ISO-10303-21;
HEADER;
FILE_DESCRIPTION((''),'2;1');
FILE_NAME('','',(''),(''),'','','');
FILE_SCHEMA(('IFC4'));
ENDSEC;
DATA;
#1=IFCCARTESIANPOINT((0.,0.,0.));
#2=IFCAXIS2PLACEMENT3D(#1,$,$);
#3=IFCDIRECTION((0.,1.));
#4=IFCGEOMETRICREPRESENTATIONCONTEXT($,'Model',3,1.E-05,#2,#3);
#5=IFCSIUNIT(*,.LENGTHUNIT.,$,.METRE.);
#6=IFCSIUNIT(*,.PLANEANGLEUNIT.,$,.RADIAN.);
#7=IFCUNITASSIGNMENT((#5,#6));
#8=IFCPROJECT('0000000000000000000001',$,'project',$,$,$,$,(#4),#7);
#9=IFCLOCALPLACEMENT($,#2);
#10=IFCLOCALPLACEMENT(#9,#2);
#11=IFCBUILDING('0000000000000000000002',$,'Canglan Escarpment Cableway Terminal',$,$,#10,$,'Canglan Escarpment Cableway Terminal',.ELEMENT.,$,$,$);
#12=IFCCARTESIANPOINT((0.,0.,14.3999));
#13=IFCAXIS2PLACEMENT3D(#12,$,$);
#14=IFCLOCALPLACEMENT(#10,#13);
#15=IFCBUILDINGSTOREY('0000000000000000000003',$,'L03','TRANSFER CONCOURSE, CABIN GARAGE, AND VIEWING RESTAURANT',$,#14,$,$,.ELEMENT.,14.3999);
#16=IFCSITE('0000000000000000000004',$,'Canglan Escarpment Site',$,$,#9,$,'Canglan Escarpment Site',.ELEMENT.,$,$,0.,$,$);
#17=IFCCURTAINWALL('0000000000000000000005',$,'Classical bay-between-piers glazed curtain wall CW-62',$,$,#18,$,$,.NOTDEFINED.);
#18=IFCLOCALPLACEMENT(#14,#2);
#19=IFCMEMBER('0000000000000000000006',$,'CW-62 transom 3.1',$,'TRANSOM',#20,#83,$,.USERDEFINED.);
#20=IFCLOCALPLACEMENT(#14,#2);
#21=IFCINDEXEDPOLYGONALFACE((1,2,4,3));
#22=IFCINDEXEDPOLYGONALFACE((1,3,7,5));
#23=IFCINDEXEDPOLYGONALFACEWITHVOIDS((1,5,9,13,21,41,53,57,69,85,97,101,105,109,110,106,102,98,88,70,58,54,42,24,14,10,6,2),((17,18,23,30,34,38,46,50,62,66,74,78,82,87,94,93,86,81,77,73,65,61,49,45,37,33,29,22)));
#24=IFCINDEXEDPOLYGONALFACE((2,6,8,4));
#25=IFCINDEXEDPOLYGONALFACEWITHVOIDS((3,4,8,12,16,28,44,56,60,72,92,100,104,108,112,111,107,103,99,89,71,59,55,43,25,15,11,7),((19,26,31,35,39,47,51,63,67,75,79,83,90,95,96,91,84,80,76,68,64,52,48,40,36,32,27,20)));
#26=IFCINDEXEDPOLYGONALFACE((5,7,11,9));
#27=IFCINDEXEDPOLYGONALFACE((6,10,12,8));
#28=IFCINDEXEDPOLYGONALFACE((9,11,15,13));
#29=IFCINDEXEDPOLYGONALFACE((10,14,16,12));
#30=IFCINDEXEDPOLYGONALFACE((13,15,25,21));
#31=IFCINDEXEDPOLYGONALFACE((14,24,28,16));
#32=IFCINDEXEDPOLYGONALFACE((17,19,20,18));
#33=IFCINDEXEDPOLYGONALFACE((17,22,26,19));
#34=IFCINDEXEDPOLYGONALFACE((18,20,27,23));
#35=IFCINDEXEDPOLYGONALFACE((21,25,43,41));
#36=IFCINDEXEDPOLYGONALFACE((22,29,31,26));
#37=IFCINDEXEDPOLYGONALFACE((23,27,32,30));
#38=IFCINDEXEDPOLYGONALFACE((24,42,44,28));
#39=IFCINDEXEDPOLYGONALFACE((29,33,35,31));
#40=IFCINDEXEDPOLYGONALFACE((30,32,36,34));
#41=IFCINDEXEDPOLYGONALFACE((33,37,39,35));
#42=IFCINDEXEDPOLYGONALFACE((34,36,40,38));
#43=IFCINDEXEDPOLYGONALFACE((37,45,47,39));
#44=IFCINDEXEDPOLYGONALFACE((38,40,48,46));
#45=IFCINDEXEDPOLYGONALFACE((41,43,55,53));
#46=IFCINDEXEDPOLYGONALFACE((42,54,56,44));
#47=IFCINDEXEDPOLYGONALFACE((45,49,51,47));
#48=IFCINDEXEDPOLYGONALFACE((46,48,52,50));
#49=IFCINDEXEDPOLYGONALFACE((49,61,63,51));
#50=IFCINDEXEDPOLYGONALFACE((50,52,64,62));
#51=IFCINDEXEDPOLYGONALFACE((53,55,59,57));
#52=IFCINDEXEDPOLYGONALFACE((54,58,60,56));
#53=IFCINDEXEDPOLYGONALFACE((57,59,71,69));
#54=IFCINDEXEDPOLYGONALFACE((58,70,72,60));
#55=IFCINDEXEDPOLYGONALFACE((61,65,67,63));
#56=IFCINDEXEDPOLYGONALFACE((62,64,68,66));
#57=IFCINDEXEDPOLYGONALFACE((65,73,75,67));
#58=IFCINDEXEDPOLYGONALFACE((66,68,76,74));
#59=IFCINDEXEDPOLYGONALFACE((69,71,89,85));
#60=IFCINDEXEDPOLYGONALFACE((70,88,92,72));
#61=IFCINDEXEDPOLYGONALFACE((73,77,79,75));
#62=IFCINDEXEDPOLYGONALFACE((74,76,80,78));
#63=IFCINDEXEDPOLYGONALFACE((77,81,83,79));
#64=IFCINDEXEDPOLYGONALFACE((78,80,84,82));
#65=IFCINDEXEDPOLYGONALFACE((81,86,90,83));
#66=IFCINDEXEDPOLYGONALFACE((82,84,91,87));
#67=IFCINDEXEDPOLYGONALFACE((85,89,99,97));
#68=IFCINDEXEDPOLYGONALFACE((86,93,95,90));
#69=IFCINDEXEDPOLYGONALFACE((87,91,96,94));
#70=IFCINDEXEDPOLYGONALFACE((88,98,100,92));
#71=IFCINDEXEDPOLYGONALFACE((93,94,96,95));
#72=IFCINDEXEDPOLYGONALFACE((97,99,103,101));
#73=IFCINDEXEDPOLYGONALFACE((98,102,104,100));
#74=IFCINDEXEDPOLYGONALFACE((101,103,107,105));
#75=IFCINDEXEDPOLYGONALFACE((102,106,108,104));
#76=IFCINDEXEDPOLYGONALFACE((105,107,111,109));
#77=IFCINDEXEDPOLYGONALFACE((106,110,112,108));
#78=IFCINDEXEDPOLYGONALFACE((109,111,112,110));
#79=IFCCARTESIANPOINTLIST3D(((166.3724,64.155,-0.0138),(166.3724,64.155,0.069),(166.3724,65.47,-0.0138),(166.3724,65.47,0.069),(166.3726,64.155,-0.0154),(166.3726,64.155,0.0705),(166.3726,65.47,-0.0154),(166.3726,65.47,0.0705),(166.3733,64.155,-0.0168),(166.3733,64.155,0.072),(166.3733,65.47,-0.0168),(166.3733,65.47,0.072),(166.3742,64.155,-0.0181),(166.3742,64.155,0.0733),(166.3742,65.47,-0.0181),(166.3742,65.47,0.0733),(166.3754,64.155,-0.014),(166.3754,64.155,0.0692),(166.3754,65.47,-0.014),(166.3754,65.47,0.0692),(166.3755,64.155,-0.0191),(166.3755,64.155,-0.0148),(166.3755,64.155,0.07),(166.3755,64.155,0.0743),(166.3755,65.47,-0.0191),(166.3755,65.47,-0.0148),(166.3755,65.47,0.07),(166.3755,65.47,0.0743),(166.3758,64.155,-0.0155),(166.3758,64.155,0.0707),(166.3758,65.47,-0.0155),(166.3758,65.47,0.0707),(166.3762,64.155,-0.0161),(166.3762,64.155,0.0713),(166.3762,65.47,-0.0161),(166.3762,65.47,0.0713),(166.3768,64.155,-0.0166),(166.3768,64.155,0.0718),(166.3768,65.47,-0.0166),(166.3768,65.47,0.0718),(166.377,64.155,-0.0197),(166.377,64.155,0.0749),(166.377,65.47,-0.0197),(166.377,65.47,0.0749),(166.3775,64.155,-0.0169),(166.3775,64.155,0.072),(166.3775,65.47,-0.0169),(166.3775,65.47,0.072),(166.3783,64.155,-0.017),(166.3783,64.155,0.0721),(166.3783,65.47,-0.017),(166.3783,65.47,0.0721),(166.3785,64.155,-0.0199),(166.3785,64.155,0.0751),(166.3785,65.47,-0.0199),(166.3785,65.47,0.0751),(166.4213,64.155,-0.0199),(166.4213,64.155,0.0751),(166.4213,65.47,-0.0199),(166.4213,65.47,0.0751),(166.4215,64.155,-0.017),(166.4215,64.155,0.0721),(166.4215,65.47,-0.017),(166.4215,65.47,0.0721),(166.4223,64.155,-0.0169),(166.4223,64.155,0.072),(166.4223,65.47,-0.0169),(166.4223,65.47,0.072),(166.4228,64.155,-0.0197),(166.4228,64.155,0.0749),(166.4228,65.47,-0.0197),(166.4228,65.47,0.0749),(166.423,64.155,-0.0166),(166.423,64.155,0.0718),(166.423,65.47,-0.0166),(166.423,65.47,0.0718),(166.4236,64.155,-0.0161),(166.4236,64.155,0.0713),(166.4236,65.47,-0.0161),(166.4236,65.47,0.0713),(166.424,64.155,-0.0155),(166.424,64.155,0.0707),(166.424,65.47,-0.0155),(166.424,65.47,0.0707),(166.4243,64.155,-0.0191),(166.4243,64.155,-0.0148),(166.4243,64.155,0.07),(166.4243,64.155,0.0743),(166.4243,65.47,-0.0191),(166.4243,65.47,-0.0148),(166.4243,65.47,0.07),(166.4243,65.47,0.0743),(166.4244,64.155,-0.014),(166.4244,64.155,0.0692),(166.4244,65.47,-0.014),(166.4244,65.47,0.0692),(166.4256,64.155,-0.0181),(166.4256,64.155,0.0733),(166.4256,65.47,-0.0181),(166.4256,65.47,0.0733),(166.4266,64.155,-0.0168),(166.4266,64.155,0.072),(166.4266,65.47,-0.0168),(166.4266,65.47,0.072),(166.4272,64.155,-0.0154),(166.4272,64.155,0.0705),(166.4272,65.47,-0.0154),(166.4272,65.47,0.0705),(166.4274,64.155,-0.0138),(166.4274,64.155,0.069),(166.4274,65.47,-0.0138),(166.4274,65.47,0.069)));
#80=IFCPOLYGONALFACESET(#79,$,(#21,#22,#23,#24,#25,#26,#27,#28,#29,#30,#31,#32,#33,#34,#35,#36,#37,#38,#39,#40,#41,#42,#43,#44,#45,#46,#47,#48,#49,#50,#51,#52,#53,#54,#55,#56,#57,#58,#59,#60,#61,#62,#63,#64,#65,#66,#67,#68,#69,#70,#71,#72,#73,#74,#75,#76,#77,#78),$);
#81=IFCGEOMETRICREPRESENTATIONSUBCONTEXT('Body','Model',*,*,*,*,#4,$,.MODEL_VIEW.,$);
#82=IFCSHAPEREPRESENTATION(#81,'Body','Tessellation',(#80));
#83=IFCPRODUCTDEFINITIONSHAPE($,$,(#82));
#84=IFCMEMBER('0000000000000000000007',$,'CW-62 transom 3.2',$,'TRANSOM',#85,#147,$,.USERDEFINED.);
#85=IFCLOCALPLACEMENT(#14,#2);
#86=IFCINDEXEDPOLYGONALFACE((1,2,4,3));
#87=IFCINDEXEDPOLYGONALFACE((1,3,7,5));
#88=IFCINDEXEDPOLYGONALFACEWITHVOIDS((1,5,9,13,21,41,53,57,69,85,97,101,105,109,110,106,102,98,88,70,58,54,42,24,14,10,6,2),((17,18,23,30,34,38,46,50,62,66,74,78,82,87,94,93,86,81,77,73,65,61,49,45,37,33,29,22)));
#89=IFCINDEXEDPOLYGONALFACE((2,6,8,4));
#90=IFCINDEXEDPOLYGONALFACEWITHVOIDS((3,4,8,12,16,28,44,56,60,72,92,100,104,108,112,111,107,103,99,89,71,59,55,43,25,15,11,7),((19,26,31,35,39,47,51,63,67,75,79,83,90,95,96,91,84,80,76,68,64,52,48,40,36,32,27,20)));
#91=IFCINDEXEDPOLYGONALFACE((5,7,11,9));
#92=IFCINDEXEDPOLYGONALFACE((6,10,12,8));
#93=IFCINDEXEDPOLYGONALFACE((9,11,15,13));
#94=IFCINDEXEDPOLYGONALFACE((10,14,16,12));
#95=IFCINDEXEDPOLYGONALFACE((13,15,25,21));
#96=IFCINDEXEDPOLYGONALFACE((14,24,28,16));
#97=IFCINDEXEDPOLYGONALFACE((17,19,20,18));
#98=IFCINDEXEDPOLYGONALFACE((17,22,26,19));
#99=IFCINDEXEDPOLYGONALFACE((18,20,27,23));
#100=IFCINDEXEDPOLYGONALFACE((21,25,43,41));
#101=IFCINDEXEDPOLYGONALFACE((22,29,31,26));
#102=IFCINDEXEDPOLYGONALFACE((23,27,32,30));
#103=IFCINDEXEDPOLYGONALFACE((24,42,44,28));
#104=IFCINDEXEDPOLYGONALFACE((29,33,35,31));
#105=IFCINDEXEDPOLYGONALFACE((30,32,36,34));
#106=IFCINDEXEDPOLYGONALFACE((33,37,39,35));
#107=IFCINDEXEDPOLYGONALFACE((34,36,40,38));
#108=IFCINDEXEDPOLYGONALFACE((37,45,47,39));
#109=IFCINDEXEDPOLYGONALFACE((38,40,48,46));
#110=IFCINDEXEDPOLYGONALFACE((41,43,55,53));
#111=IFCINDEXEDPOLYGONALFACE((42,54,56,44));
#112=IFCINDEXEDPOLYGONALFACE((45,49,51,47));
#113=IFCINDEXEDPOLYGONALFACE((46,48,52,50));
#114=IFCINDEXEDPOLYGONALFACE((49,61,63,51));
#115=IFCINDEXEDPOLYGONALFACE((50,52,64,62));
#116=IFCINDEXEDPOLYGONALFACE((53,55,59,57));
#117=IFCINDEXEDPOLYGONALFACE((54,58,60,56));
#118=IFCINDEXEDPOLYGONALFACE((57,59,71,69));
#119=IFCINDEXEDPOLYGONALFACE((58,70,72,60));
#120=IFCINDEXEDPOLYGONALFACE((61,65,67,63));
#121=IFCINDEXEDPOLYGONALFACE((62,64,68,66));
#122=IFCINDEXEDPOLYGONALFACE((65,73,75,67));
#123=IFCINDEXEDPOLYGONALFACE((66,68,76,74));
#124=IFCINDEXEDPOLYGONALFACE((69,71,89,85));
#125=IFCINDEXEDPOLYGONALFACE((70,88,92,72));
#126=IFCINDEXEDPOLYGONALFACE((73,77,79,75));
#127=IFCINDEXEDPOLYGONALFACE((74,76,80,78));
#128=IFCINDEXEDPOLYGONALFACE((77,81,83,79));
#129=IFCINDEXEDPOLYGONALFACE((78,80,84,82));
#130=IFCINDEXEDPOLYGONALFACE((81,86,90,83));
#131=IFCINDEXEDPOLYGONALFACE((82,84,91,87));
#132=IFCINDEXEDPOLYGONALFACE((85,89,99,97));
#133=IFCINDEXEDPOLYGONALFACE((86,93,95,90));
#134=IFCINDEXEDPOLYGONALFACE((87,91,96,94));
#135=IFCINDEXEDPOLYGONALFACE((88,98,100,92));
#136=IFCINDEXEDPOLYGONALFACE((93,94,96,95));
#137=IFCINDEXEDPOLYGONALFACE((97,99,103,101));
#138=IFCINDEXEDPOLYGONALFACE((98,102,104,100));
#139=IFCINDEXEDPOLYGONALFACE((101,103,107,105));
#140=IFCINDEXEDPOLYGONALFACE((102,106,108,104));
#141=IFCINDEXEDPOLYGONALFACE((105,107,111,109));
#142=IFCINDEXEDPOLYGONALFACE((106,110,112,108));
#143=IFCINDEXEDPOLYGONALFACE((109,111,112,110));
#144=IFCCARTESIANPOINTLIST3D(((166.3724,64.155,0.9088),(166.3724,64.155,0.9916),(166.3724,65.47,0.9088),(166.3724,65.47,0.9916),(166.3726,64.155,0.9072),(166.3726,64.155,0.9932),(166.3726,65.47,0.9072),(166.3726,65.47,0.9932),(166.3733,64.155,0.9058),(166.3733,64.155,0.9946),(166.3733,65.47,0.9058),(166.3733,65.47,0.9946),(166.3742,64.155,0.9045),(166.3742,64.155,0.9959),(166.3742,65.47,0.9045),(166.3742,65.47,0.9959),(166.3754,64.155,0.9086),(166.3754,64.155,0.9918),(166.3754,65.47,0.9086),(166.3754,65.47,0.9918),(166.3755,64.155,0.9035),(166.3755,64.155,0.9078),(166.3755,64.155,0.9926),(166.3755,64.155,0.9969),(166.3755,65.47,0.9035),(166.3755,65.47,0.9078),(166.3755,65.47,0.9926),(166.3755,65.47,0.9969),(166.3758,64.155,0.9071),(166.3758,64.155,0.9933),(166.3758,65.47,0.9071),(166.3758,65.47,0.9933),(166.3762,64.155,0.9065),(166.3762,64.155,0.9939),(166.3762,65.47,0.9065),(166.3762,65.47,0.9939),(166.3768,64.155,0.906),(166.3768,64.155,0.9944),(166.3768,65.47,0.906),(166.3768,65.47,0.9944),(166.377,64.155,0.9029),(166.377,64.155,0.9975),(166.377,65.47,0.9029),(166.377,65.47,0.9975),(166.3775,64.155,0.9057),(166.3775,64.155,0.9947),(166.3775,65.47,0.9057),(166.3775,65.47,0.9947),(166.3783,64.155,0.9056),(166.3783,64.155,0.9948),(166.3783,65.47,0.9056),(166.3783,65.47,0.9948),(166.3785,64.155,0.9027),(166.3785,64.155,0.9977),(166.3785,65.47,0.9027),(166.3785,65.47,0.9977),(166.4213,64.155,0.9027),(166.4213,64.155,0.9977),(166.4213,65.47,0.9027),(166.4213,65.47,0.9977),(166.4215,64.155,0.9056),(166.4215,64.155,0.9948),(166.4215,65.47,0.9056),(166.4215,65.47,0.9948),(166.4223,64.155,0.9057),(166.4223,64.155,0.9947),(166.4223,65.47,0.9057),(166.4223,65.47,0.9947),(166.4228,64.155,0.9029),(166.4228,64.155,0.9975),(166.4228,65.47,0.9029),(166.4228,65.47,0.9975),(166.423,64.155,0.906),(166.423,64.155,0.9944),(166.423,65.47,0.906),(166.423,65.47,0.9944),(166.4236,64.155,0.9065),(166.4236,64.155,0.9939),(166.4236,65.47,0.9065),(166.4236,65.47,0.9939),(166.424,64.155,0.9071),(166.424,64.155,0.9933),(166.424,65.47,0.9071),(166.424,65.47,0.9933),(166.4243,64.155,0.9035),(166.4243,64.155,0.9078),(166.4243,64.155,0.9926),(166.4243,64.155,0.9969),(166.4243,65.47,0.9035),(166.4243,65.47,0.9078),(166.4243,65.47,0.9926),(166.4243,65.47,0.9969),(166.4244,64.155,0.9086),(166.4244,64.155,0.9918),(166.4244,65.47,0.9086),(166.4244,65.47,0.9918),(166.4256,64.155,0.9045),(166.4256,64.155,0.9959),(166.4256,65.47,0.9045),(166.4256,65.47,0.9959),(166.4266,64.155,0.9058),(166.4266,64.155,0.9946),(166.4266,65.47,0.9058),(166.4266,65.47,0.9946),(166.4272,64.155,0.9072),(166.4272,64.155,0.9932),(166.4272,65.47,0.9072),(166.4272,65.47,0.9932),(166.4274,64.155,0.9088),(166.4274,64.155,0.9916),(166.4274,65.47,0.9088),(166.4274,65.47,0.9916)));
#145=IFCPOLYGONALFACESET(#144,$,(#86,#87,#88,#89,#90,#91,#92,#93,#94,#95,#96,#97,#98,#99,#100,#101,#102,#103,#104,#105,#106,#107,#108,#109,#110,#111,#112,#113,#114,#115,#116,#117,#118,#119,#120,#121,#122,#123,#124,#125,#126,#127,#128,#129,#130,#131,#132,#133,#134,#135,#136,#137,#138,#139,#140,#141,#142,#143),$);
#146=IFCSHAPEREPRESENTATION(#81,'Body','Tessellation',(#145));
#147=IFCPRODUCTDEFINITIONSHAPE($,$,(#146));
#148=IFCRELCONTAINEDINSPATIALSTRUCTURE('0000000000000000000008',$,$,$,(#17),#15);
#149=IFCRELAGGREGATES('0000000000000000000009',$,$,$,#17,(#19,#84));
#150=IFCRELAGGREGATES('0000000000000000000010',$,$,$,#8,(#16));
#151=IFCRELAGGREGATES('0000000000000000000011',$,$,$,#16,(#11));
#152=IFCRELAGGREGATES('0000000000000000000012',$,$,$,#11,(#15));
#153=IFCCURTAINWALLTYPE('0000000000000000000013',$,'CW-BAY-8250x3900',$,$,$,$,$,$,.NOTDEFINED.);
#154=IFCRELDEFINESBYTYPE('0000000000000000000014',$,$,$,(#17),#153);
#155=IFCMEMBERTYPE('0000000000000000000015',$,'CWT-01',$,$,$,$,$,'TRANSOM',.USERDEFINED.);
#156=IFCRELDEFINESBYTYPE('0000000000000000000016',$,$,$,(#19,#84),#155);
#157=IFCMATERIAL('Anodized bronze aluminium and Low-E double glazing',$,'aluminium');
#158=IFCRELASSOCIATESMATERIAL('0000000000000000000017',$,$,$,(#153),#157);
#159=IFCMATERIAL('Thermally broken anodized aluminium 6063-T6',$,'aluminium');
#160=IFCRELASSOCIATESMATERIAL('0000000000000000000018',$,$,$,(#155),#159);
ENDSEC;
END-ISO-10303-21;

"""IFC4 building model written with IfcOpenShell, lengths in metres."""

from ifc_helpers import new_model, si_unit, direction, frame, origin, origin_2d, place, context, subcontext, project, spatial, hollow_rectangle, extrude, material, material_profile, profile_set, type_object, element, aggregate, save


model = new_model("IFC4")

# Units and contexts
model_context = context("Model", 3, precision=1e-05, world=origin(), true_north=direction((0.0, 1.0)))
body_context = subcontext(model_context, "Body", "Model", "MODEL_VIEW")
ifc_project = project(units=[si_unit("LENGTHUNIT", "METRE"), si_unit("PLANEANGLEUNIT", "RADIAN")], contexts=[model_context])

# Site, building, storey
site_placement = place(None, origin())
site = spatial("IfcSite", under=ifc_project, at=site_placement, Name="Canglan Escarpment Site", LongName="Canglan Escarpment Site", CompositionType="ELEMENT", RefElevation=0.0)
building_placement = place(site_placement, origin())
building = spatial("IfcBuilding", under=site, at=building_placement, Name="Canglan Escarpment Cableway Terminal", LongName="Canglan Escarpment Cableway Terminal", CompositionType="ELEMENT")
storey_placement = place(building_placement, frame((0.0, 0.0, 14.3999)))
storey = spatial("IfcBuildingStorey", under=building, at=storey_placement, Name="L03", Description="TRANSFER CONCOURSE, CABIN GARAGE, AND VIEWING RESTAURANT", CompositionType="ELEMENT", Elevation=14.3999)

# Curtain wall, members
ifc_material_1 = material(Name="Anodized bronze aluminium and Low-E double glazing", Category="aluminium")
curtain_wall_type = type_object("IfcCurtainWallType", Name="CW-BAY-8250x3900", PredefinedType="NOTDEFINED", material=ifc_material_1)
curtain_wall_placement = place(storey_placement, origin())
curtain_wall = element("IfcCurtainWall", 1, at=curtain_wall_placement, inside=storey, type_object=curtain_wall_type, Name="Classical bay-between-piers glazed curtain wall CW-62", PredefinedType="NOTDEFINED")
ifc_material_2 = material(Name="Thermally broken anodized aluminium 6063-T6", Category="aluminium")
ifc_material_profile_1 = material_profile(ifc_material_2, hollow_rectangle(XDim=0.0549, YDim=0.095, WallThickness=0.0029, InnerFilletRadius=0.0029, OuterFilletRadius=0.0061, at=origin_2d()), Name="ALU-TRAN 55x95x3")
ifc_profile_set_1 = profile_set([ifc_material_profile_1], Name="Thermally broken anodized aluminium 6063-T6")
member_type_1 = type_object("IfcMemberType", Name="CWT-01", ElementType="TRANSOM", PredefinedType="USERDEFINED", material=ifc_profile_set_1)
member_1_placement = place(storey_placement, frame((166.3999, 64.155, 0.0276), z_axis=(0.0, 1.0, 0.0), x_axis=(-1.0, 0.0, 0.0)))
member_1 = element("IfcMember", 2, at=member_1_placement, type_object=member_type_1, Name="CW-62 transom 3.1", ObjectType="TRANSOM", PredefinedType="USERDEFINED", context=body_context, shape_type="SweptSolid", body=[
    extrude(hollow_rectangle(XDim=0.0549, YDim=0.095, WallThickness=0.0029, InnerFilletRadius=0.0029, OuterFilletRadius=0.0061, at=origin_2d()), origin(), (0.0, 0.0, 1.0), 1.3149),
])
member_2_placement = place(storey_placement, frame((166.3999, 64.155, 0.9502), z_axis=(0.0, 1.0, 0.0), x_axis=(-1.0, 0.0, 0.0)))
member_2 = element("IfcMember", 3, at=member_2_placement, type_object=member_type_1, Name="CW-62 transom 3.2", ObjectType="TRANSOM", PredefinedType="USERDEFINED", context=body_context, shape_type="SweptSolid", body=[
    extrude(hollow_rectangle(XDim=0.0549, YDim=0.095, WallThickness=0.0029, InnerFilletRadius=0.0029, OuterFilletRadius=0.0061, at=origin_2d()), origin(), (0.0, 0.0, 1.0), 1.3149),
])

aggregate(curtain_wall, [member_1, member_2])

save(model, "model.ifc")
